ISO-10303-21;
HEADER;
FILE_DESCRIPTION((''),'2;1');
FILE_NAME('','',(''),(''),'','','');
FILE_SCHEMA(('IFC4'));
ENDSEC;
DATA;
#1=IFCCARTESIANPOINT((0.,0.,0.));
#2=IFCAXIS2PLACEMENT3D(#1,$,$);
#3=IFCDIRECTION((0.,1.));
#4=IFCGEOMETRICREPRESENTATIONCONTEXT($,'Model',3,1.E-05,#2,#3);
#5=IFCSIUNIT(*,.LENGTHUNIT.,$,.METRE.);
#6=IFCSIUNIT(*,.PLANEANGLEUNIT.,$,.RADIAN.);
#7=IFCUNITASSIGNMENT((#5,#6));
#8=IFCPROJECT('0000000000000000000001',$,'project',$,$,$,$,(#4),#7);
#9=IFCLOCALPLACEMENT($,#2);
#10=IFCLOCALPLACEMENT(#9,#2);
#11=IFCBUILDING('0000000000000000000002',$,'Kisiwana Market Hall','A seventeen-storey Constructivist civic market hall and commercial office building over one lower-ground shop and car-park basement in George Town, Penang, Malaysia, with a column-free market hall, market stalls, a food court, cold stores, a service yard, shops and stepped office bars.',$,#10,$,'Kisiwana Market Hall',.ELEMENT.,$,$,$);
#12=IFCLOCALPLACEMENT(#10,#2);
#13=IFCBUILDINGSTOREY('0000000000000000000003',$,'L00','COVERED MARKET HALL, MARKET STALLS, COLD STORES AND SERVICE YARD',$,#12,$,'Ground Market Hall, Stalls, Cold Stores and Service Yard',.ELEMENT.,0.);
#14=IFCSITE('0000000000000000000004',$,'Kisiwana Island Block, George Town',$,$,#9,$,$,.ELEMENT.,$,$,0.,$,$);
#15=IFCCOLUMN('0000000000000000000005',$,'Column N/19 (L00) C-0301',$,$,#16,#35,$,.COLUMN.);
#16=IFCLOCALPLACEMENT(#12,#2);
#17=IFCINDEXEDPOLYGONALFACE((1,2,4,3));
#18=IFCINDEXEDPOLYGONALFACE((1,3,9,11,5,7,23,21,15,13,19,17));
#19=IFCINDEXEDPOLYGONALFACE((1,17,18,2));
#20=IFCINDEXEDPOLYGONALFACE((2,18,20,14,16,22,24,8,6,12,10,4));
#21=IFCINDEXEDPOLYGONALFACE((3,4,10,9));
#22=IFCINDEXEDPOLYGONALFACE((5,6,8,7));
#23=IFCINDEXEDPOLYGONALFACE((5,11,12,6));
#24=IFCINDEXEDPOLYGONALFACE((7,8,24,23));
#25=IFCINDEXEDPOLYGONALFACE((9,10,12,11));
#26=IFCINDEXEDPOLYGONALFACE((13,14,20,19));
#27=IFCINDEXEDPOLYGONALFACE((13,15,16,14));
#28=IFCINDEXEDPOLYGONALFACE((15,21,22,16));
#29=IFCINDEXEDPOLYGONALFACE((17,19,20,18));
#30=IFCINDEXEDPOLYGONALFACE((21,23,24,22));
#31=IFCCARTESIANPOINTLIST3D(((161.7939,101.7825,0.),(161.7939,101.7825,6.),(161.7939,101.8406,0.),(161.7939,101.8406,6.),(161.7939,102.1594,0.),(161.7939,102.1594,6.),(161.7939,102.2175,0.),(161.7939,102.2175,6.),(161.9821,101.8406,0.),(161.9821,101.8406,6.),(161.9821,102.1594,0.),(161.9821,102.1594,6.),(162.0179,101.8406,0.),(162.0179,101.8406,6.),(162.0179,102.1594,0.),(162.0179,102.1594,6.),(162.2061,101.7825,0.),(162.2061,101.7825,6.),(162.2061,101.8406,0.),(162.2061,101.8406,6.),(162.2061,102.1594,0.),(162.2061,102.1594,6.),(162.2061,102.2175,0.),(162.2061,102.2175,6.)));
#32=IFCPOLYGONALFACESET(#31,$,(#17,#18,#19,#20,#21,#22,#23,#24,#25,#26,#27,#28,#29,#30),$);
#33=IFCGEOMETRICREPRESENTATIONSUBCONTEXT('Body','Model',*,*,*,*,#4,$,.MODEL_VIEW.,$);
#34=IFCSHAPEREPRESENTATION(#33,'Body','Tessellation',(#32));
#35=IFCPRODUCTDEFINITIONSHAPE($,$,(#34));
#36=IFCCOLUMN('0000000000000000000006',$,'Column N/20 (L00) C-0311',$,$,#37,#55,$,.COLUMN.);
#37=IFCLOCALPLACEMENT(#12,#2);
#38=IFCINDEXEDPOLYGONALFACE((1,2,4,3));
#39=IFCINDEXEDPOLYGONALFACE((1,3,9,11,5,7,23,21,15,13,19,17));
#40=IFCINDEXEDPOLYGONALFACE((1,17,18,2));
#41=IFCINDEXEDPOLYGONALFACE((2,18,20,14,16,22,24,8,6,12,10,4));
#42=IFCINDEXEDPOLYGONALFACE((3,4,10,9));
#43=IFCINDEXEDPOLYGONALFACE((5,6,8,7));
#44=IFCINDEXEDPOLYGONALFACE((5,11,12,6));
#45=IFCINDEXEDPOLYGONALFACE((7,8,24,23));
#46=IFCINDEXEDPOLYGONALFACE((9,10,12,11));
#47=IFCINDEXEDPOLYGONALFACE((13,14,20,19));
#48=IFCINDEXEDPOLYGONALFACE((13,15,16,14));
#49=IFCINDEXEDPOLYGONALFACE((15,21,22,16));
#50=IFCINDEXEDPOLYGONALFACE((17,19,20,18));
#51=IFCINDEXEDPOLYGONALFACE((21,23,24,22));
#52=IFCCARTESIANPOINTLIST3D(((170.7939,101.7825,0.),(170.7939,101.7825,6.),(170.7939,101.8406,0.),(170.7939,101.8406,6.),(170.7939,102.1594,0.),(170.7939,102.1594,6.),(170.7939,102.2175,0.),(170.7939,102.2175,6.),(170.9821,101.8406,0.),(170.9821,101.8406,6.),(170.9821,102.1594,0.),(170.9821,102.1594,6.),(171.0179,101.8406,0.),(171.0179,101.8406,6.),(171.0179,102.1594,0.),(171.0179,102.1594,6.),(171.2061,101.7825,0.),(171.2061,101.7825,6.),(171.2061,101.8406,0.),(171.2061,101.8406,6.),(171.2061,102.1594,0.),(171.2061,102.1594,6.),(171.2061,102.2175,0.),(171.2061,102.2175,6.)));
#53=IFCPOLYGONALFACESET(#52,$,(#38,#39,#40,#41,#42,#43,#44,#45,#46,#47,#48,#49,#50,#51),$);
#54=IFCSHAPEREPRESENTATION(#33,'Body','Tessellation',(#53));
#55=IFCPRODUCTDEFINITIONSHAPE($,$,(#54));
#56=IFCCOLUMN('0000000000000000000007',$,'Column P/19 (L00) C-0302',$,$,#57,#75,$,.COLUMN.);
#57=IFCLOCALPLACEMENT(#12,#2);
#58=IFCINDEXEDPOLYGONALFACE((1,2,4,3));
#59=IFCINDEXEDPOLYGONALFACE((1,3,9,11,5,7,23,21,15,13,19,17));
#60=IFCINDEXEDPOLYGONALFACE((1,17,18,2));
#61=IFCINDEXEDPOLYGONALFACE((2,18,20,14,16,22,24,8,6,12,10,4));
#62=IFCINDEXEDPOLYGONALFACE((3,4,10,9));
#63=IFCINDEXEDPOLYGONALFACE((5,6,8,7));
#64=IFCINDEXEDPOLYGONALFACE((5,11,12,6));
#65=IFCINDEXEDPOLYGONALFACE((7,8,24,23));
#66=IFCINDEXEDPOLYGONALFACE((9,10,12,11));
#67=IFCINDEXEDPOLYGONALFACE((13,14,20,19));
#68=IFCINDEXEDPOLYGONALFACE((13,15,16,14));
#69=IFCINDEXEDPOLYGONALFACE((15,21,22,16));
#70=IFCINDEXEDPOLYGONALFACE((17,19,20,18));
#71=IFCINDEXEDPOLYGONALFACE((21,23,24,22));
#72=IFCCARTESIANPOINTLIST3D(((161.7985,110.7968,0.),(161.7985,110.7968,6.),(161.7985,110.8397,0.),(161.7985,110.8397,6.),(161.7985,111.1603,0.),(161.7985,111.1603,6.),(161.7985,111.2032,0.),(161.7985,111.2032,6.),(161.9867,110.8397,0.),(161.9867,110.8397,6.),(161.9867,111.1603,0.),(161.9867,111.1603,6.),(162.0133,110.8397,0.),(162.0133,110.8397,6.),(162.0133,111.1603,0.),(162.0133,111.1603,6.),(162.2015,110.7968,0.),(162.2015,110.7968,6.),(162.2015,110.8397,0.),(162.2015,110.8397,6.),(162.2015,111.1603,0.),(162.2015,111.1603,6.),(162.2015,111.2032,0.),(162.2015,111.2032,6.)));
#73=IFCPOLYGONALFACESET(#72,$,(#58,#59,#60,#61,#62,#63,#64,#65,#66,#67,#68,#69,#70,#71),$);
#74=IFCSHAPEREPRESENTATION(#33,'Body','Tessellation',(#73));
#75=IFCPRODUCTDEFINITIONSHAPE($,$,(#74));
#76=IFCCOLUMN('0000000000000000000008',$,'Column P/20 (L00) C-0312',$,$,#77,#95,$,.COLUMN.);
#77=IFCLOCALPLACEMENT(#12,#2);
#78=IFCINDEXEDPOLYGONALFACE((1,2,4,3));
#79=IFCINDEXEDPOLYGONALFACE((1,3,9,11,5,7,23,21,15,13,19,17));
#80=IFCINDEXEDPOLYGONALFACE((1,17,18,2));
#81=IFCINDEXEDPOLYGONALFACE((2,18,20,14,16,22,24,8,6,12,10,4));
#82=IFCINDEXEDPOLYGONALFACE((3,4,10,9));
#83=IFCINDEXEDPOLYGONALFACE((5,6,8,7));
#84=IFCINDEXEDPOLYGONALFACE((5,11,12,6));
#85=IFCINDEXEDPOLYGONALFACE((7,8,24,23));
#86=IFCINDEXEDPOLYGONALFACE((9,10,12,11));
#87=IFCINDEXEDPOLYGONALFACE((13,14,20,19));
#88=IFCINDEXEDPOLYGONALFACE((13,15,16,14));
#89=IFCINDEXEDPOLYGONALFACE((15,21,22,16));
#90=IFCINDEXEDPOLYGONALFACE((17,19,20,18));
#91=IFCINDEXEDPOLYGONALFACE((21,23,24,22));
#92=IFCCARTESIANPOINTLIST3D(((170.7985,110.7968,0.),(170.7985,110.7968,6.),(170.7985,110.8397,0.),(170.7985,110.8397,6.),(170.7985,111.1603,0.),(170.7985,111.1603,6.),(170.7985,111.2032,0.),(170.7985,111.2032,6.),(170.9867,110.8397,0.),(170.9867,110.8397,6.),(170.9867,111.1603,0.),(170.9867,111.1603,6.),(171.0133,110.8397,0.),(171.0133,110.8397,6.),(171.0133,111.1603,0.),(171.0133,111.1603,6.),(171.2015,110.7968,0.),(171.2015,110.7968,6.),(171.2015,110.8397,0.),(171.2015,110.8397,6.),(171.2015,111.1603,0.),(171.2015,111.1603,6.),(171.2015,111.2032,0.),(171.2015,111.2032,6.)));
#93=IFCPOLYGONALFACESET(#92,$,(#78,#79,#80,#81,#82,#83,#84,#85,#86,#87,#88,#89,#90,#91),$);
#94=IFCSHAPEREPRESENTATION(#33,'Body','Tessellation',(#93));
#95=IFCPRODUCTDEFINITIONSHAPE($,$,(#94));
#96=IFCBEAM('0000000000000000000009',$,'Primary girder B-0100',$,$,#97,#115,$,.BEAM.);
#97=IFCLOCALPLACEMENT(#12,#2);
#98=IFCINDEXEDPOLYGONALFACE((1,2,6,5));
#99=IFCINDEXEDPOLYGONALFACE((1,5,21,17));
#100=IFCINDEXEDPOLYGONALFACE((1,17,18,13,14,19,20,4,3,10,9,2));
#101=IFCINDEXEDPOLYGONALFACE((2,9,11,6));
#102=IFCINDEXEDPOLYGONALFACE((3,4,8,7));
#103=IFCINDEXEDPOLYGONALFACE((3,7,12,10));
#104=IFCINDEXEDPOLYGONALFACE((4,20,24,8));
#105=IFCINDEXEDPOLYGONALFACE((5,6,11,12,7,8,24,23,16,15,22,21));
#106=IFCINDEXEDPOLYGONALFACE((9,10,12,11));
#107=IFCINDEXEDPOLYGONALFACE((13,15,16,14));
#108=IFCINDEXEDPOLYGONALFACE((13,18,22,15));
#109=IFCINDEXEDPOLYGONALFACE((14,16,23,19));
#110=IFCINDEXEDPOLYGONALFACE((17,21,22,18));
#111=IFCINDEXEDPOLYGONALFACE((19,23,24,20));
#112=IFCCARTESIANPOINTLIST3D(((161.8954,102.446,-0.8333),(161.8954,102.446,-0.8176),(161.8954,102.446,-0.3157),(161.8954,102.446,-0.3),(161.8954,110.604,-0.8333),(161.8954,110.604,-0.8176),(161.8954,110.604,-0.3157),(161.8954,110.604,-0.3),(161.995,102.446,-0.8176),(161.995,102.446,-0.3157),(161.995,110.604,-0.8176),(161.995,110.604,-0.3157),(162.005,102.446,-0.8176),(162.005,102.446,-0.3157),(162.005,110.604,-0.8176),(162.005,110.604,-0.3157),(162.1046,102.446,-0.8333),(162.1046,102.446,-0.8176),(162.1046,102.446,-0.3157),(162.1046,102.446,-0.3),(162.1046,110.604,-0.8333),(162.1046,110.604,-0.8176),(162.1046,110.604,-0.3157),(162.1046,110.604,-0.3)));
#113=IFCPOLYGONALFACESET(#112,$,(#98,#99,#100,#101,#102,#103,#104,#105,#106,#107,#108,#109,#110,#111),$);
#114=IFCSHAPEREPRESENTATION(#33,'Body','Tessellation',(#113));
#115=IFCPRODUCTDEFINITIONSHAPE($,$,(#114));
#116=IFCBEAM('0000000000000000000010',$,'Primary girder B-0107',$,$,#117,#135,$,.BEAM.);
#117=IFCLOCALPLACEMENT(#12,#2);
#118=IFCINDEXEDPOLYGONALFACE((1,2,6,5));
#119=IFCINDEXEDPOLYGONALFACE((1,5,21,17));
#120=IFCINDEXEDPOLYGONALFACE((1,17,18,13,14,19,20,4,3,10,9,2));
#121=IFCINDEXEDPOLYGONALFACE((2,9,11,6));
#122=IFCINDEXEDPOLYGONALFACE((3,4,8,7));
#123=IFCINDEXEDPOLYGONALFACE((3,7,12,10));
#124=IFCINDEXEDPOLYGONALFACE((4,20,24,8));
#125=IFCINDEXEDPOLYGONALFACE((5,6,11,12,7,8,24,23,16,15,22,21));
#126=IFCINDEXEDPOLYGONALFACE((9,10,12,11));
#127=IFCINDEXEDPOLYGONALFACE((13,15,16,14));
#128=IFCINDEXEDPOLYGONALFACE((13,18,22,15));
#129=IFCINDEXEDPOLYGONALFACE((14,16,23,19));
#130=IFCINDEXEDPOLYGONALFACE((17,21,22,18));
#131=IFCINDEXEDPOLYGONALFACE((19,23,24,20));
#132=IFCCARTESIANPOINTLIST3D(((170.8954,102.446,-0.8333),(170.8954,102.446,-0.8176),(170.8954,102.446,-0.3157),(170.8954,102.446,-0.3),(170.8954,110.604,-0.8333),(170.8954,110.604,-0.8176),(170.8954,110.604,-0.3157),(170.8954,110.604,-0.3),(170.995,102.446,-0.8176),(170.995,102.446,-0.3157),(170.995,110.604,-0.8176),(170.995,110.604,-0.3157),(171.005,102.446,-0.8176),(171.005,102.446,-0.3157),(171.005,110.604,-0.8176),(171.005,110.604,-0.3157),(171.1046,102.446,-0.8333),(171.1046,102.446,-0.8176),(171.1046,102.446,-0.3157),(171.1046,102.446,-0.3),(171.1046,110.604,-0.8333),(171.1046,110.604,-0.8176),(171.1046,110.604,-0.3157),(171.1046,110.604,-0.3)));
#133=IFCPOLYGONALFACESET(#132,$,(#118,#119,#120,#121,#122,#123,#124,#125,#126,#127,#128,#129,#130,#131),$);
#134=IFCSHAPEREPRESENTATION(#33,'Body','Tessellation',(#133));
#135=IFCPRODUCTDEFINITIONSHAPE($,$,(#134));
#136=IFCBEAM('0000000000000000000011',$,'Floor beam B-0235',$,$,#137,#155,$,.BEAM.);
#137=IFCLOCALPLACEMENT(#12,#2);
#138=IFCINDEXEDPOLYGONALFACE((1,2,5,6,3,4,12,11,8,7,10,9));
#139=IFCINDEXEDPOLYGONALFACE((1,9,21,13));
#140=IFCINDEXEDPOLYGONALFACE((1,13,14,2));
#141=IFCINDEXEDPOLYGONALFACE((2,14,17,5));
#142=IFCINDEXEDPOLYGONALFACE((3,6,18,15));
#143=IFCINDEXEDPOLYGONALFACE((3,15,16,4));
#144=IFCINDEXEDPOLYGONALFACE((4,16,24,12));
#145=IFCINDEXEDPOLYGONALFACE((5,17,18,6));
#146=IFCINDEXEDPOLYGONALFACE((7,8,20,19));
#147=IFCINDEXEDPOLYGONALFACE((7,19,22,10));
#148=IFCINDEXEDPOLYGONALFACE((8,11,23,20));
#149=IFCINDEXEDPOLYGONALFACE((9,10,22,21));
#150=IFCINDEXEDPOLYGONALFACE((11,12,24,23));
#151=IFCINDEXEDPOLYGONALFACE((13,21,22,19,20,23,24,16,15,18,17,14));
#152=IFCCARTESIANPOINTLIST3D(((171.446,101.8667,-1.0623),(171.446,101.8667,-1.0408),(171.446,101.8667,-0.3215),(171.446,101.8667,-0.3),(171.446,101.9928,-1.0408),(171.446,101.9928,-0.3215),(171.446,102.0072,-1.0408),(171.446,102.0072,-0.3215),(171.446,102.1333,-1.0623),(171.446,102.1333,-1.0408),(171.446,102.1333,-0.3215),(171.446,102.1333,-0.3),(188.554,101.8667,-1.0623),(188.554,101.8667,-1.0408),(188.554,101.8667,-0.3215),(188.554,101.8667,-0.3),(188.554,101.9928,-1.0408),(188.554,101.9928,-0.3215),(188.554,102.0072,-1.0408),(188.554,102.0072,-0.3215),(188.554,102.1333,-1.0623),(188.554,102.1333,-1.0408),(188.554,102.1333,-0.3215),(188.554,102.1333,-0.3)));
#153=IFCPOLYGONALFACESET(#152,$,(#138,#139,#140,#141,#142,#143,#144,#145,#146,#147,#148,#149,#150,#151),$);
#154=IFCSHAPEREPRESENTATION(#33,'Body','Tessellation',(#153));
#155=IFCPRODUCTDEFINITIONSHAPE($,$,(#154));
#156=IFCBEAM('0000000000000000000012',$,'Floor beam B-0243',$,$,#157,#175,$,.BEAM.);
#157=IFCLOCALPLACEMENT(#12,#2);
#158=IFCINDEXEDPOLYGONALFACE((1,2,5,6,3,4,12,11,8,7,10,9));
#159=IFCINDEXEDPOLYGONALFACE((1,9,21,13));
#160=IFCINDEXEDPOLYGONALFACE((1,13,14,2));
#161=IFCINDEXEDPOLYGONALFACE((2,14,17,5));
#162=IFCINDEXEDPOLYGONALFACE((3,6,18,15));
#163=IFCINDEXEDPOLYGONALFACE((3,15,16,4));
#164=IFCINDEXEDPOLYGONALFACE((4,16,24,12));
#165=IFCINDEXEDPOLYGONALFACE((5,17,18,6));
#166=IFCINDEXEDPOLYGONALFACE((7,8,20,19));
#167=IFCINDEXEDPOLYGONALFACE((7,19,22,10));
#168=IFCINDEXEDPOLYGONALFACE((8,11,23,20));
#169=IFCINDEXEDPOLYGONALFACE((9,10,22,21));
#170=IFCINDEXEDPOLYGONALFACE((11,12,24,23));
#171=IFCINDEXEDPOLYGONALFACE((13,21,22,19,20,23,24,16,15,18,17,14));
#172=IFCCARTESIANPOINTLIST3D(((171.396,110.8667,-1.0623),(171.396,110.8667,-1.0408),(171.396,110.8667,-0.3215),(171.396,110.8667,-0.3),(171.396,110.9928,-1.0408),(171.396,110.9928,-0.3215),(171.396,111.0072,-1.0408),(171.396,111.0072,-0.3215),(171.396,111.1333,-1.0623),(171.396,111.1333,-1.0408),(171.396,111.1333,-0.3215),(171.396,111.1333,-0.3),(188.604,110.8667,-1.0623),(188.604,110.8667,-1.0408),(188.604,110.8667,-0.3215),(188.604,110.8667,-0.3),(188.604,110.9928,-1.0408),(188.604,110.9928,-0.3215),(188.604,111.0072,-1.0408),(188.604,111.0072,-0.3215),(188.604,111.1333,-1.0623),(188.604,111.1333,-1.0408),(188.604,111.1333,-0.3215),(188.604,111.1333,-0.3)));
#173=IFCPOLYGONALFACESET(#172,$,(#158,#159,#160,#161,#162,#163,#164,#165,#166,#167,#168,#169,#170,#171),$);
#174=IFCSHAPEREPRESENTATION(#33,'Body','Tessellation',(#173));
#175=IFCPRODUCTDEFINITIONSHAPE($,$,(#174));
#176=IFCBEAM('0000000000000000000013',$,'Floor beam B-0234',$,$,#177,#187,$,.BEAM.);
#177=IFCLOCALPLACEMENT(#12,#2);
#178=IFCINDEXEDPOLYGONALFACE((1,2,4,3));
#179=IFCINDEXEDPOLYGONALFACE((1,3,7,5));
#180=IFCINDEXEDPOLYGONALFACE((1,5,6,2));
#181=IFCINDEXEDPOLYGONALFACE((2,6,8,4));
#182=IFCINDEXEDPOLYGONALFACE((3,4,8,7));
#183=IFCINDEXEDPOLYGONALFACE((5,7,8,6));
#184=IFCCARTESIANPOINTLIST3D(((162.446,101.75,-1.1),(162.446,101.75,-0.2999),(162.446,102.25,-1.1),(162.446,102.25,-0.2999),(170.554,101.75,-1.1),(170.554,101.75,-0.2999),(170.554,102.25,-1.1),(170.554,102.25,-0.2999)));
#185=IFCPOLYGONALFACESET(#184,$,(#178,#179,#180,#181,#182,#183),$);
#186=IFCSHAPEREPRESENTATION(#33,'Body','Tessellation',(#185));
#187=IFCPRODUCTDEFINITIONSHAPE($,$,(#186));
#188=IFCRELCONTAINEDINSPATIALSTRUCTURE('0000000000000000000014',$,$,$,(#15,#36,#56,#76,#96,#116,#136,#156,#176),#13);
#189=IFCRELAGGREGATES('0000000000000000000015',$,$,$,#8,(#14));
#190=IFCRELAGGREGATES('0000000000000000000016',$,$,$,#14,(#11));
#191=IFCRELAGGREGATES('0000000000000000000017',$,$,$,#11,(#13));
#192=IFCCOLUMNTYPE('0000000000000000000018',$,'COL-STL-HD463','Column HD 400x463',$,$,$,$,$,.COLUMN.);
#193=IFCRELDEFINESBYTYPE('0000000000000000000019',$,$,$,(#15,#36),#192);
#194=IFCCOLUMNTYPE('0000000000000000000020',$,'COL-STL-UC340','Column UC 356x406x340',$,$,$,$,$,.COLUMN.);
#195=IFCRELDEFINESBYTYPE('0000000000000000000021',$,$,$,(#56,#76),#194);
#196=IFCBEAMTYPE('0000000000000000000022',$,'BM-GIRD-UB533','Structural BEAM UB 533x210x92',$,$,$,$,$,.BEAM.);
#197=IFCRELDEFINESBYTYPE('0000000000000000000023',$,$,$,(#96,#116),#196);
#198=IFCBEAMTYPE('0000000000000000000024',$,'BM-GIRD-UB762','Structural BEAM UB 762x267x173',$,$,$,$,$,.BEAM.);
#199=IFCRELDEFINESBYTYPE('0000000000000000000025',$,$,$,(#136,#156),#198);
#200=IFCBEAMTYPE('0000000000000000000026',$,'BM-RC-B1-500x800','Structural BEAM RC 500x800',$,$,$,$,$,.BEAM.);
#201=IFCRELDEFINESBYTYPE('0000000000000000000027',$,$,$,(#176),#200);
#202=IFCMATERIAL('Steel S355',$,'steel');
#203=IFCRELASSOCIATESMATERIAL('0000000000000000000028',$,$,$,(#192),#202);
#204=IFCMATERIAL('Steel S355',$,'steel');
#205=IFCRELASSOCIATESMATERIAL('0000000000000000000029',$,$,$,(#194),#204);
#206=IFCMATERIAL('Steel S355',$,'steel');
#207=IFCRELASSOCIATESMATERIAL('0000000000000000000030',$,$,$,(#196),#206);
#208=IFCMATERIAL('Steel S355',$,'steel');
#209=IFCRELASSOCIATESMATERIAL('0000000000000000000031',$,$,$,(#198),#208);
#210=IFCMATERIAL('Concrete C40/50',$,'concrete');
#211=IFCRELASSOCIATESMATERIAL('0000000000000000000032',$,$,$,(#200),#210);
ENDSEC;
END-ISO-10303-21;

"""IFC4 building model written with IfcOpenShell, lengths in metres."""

from ifc_helpers import new_model, si_unit, direction, frame, origin, origin_2d, place, context, subcontext, project, spatial, rectangle, i_section, extrude, material, material_profile, profile_set, type_object, element, save


model = new_model("IFC4")

# Units and contexts
model_context = context("Model", 3, precision=1e-05, world=origin(), true_north=direction((0.0, 1.0)))
body_context = subcontext(model_context, "Body", "Model", "MODEL_VIEW")
ifc_project = project(units=[si_unit("LENGTHUNIT", "METRE"), si_unit("PLANEANGLEUNIT", "RADIAN")], contexts=[model_context])

# Site, building, storey
site_placement = place(None, origin())
site = spatial("IfcSite", under=ifc_project, at=site_placement, Name="Kisiwana Island Block, George Town", CompositionType="ELEMENT", RefElevation=0.0)
building_placement = place(site_placement, origin())
building = spatial("IfcBuilding", under=site, at=building_placement, Name="Kisiwana Market Hall", Description="A seventeen-storey Constructivist civic market hall and commercial office building over one lower-ground shop and car-park basement in George Town, Penang, Malaysia, with a column-free market hall, market stalls, a food court, cold stores, a service yard, shops and stepped office bars.", LongName="Kisiwana Market Hall", CompositionType="ELEMENT")
storey_placement = place(building_placement, origin())
storey = spatial("IfcBuildingStorey", under=building, at=storey_placement, Name="L00", Description="COVERED MARKET HALL, MARKET STALLS, COLD STORES AND SERVICE YARD", LongName="Ground Market Hall, Stalls, Cold Stores and Service Yard", CompositionType="ELEMENT", Elevation=0.0)

# Columns
ifc_material_1 = material(Name="Steel S355", Category="steel")
ifc_material_profile_1 = material_profile(ifc_material_1, i_section(OverallWidth=0.4121, OverallDepth=0.4351, WebThickness=0.0359, FlangeThickness=0.0581, at=origin_2d()), Name="HD 400x463")
ifc_profile_set_1 = profile_set([ifc_material_profile_1], Name="Steel S355")
column_type_1 = type_object("IfcColumnType", Name="COL-STL-HD463", Description="Column HD 400x463", PredefinedType="COLUMN", material=ifc_profile_set_1)
for number, where, z_axis, x_axis, name in (
    (1, (162.0, 102.0, 0.0), (0.0, 0.0, 1.0), (1.0, 0.0, 0.0), "Column N/19 (L00) C-0301"),
    (2, (171.0, 102.0, 0.0), (0.0, 0.0, 1.0), (1.0, 0.0, 0.0), "Column N/20 (L00) C-0311"),
):
    element("IfcColumn", number, at=place(storey_placement, frame(where, z_axis=z_axis, x_axis=x_axis)), inside=storey, type_object=column_type_1, Name=name, PredefinedType="COLUMN", context=body_context, shape_type="SweptSolid", body=[
        extrude(i_section(OverallWidth=0.4121, OverallDepth=0.4351, WebThickness=0.0359, FlangeThickness=0.0581, at=origin_2d()), origin(), (0.0, 0.0, 1.0), 6.0),
    ])
ifc_material_2 = material(Name="Steel S355", Category="steel")
ifc_material_profile_2 = material_profile(ifc_material_2, i_section(OverallWidth=0.4031, OverallDepth=0.4065, WebThickness=0.0266, FlangeThickness=0.043, at=origin_2d()), Name="UC 356x406x340")
ifc_profile_set_2 = profile_set([ifc_material_profile_2], Name="Steel S355")
column_type_2 = type_object("IfcColumnType", Name="COL-STL-UC340", Description="Column UC 356x406x340", PredefinedType="COLUMN", material=ifc_profile_set_2)
for number, where, z_axis, x_axis, name in (
    (3, (162.0, 111.0, 0.0), (0.0, 0.0, 1.0), (1.0, 0.0, 0.0), "Column P/19 (L00) C-0302"),
    (4, (171.0, 111.0, 0.0), (0.0, 0.0, 1.0), (1.0, 0.0, 0.0), "Column P/20 (L00) C-0312"),
):
    element("IfcColumn", number, at=place(storey_placement, frame(where, z_axis=z_axis, x_axis=x_axis)), inside=storey, type_object=column_type_2, Name=name, PredefinedType="COLUMN", context=body_context, shape_type="SweptSolid", body=[
        extrude(i_section(OverallWidth=0.4031, OverallDepth=0.4065, WebThickness=0.0266, FlangeThickness=0.043, at=origin_2d()), origin(), (0.0, 0.0, 1.0), 6.0),
    ])

# Beams
ifc_material_3 = material(Name="Steel S355", Category="steel")
ifc_material_profile_3 = material_profile(ifc_material_3, i_section(OverallWidth=0.2092, OverallDepth=0.5332, WebThickness=0.01, FlangeThickness=0.0156, at=origin_2d()), Name="UB 533x210x92")
ifc_profile_set_3 = profile_set([ifc_material_profile_3], Name="Steel S355")
beam_type_1 = type_object("IfcBeamType", Name="BM-GIRD-UB533", Description="Structural BEAM UB 533x210x92", PredefinedType="BEAM", material=ifc_profile_set_3)
for number, where, z_axis, x_axis, name in (
    (5, (162.0, 102.446, -0.5667), (0.0, 1.0, 0.0), (-1.0, 0.0, 0.0), "Primary girder B-0100"),
    (6, (171.0, 102.446, -0.5667), (0.0, 1.0, 0.0), (-1.0, 0.0, 0.0), "Primary girder B-0107"),
):
    element("IfcBeam", number, at=place(storey_placement, frame(where, z_axis=z_axis, x_axis=x_axis)), inside=storey, type_object=beam_type_1, Name=name, PredefinedType="BEAM", context=body_context, shape_type="SweptSolid", body=[
        extrude(i_section(OverallWidth=0.2092, OverallDepth=0.5332, WebThickness=0.01, FlangeThickness=0.0156, at=origin_2d()), origin(), (0.0, 0.0, 1.0), 8.158),
    ])
ifc_material_4 = material(Name="Steel S355", Category="steel")
ifc_material_profile_4 = material_profile(ifc_material_4, i_section(OverallWidth=0.2666, OverallDepth=0.7622, WebThickness=0.0144, FlangeThickness=0.0215, at=origin_2d()), Name="UB 762x267x173")
ifc_profile_set_4 = profile_set([ifc_material_profile_4], Name="Steel S355")
beam_type_2 = type_object("IfcBeamType", Name="BM-GIRD-UB762", Description="Structural BEAM UB 762x267x173", PredefinedType="BEAM", material=ifc_profile_set_4)
beam_1_placement = place(storey_placement, frame((171.446, 102.0, -0.6812), z_axis=(1.0, 0.0, 0.0), x_axis=(0.0, 1.0, 0.0)))
element("IfcBeam", 7, at=beam_1_placement, inside=storey, type_object=beam_type_2, Name="Floor beam B-0235", PredefinedType="BEAM", context=body_context, shape_type="SweptSolid", body=[
    extrude(i_section(OverallWidth=0.2666, OverallDepth=0.7622, WebThickness=0.0144, FlangeThickness=0.0215, at=origin_2d()), origin(), (0.0, 0.0, 1.0), 17.1079),
])
beam_2_placement = place(storey_placement, frame((171.396, 111.0, -0.6812), z_axis=(1.0, 0.0, 0.0), x_axis=(0.0, 1.0, 0.0)))
element("IfcBeam", 8, at=beam_2_placement, inside=storey, type_object=beam_type_2, Name="Floor beam B-0243", PredefinedType="BEAM", context=body_context, shape_type="SweptSolid", body=[
    extrude(i_section(OverallWidth=0.2666, OverallDepth=0.7622, WebThickness=0.0144, FlangeThickness=0.0215, at=origin_2d()), origin(), (0.0, 0.0, 1.0), 17.208),
])
ifc_material_5 = material(Name="Concrete C40/50", Category="concrete")
ifc_material_profile_5 = material_profile(ifc_material_5, rectangle(XDim=0.5, YDim=0.8, at=origin_2d()), Name="RC 500x800")
ifc_profile_set_5 = profile_set([ifc_material_profile_5], Name="Concrete C40/50")
beam_type_3 = type_object("IfcBeamType", Name="BM-RC-B1-500x800", Description="Structural BEAM RC 500x800", PredefinedType="BEAM", material=ifc_profile_set_5)
beam_3_placement = place(storey_placement, frame((162.446, 102.0, -0.7), z_axis=(1.0, 0.0, 0.0), x_axis=(0.0, 1.0, 0.0)))
element("IfcBeam", 9, at=beam_3_placement, inside=storey, type_object=beam_type_3, Name="Floor beam B-0234", PredefinedType="BEAM", context=body_context, shape_type="SweptSolid", body=[
    extrude(rectangle(XDim=0.5, YDim=0.8, at=origin_2d()), origin(), (0.0, 0.0, 1.0), 8.1079),
])

save(model, "model.ifc")
